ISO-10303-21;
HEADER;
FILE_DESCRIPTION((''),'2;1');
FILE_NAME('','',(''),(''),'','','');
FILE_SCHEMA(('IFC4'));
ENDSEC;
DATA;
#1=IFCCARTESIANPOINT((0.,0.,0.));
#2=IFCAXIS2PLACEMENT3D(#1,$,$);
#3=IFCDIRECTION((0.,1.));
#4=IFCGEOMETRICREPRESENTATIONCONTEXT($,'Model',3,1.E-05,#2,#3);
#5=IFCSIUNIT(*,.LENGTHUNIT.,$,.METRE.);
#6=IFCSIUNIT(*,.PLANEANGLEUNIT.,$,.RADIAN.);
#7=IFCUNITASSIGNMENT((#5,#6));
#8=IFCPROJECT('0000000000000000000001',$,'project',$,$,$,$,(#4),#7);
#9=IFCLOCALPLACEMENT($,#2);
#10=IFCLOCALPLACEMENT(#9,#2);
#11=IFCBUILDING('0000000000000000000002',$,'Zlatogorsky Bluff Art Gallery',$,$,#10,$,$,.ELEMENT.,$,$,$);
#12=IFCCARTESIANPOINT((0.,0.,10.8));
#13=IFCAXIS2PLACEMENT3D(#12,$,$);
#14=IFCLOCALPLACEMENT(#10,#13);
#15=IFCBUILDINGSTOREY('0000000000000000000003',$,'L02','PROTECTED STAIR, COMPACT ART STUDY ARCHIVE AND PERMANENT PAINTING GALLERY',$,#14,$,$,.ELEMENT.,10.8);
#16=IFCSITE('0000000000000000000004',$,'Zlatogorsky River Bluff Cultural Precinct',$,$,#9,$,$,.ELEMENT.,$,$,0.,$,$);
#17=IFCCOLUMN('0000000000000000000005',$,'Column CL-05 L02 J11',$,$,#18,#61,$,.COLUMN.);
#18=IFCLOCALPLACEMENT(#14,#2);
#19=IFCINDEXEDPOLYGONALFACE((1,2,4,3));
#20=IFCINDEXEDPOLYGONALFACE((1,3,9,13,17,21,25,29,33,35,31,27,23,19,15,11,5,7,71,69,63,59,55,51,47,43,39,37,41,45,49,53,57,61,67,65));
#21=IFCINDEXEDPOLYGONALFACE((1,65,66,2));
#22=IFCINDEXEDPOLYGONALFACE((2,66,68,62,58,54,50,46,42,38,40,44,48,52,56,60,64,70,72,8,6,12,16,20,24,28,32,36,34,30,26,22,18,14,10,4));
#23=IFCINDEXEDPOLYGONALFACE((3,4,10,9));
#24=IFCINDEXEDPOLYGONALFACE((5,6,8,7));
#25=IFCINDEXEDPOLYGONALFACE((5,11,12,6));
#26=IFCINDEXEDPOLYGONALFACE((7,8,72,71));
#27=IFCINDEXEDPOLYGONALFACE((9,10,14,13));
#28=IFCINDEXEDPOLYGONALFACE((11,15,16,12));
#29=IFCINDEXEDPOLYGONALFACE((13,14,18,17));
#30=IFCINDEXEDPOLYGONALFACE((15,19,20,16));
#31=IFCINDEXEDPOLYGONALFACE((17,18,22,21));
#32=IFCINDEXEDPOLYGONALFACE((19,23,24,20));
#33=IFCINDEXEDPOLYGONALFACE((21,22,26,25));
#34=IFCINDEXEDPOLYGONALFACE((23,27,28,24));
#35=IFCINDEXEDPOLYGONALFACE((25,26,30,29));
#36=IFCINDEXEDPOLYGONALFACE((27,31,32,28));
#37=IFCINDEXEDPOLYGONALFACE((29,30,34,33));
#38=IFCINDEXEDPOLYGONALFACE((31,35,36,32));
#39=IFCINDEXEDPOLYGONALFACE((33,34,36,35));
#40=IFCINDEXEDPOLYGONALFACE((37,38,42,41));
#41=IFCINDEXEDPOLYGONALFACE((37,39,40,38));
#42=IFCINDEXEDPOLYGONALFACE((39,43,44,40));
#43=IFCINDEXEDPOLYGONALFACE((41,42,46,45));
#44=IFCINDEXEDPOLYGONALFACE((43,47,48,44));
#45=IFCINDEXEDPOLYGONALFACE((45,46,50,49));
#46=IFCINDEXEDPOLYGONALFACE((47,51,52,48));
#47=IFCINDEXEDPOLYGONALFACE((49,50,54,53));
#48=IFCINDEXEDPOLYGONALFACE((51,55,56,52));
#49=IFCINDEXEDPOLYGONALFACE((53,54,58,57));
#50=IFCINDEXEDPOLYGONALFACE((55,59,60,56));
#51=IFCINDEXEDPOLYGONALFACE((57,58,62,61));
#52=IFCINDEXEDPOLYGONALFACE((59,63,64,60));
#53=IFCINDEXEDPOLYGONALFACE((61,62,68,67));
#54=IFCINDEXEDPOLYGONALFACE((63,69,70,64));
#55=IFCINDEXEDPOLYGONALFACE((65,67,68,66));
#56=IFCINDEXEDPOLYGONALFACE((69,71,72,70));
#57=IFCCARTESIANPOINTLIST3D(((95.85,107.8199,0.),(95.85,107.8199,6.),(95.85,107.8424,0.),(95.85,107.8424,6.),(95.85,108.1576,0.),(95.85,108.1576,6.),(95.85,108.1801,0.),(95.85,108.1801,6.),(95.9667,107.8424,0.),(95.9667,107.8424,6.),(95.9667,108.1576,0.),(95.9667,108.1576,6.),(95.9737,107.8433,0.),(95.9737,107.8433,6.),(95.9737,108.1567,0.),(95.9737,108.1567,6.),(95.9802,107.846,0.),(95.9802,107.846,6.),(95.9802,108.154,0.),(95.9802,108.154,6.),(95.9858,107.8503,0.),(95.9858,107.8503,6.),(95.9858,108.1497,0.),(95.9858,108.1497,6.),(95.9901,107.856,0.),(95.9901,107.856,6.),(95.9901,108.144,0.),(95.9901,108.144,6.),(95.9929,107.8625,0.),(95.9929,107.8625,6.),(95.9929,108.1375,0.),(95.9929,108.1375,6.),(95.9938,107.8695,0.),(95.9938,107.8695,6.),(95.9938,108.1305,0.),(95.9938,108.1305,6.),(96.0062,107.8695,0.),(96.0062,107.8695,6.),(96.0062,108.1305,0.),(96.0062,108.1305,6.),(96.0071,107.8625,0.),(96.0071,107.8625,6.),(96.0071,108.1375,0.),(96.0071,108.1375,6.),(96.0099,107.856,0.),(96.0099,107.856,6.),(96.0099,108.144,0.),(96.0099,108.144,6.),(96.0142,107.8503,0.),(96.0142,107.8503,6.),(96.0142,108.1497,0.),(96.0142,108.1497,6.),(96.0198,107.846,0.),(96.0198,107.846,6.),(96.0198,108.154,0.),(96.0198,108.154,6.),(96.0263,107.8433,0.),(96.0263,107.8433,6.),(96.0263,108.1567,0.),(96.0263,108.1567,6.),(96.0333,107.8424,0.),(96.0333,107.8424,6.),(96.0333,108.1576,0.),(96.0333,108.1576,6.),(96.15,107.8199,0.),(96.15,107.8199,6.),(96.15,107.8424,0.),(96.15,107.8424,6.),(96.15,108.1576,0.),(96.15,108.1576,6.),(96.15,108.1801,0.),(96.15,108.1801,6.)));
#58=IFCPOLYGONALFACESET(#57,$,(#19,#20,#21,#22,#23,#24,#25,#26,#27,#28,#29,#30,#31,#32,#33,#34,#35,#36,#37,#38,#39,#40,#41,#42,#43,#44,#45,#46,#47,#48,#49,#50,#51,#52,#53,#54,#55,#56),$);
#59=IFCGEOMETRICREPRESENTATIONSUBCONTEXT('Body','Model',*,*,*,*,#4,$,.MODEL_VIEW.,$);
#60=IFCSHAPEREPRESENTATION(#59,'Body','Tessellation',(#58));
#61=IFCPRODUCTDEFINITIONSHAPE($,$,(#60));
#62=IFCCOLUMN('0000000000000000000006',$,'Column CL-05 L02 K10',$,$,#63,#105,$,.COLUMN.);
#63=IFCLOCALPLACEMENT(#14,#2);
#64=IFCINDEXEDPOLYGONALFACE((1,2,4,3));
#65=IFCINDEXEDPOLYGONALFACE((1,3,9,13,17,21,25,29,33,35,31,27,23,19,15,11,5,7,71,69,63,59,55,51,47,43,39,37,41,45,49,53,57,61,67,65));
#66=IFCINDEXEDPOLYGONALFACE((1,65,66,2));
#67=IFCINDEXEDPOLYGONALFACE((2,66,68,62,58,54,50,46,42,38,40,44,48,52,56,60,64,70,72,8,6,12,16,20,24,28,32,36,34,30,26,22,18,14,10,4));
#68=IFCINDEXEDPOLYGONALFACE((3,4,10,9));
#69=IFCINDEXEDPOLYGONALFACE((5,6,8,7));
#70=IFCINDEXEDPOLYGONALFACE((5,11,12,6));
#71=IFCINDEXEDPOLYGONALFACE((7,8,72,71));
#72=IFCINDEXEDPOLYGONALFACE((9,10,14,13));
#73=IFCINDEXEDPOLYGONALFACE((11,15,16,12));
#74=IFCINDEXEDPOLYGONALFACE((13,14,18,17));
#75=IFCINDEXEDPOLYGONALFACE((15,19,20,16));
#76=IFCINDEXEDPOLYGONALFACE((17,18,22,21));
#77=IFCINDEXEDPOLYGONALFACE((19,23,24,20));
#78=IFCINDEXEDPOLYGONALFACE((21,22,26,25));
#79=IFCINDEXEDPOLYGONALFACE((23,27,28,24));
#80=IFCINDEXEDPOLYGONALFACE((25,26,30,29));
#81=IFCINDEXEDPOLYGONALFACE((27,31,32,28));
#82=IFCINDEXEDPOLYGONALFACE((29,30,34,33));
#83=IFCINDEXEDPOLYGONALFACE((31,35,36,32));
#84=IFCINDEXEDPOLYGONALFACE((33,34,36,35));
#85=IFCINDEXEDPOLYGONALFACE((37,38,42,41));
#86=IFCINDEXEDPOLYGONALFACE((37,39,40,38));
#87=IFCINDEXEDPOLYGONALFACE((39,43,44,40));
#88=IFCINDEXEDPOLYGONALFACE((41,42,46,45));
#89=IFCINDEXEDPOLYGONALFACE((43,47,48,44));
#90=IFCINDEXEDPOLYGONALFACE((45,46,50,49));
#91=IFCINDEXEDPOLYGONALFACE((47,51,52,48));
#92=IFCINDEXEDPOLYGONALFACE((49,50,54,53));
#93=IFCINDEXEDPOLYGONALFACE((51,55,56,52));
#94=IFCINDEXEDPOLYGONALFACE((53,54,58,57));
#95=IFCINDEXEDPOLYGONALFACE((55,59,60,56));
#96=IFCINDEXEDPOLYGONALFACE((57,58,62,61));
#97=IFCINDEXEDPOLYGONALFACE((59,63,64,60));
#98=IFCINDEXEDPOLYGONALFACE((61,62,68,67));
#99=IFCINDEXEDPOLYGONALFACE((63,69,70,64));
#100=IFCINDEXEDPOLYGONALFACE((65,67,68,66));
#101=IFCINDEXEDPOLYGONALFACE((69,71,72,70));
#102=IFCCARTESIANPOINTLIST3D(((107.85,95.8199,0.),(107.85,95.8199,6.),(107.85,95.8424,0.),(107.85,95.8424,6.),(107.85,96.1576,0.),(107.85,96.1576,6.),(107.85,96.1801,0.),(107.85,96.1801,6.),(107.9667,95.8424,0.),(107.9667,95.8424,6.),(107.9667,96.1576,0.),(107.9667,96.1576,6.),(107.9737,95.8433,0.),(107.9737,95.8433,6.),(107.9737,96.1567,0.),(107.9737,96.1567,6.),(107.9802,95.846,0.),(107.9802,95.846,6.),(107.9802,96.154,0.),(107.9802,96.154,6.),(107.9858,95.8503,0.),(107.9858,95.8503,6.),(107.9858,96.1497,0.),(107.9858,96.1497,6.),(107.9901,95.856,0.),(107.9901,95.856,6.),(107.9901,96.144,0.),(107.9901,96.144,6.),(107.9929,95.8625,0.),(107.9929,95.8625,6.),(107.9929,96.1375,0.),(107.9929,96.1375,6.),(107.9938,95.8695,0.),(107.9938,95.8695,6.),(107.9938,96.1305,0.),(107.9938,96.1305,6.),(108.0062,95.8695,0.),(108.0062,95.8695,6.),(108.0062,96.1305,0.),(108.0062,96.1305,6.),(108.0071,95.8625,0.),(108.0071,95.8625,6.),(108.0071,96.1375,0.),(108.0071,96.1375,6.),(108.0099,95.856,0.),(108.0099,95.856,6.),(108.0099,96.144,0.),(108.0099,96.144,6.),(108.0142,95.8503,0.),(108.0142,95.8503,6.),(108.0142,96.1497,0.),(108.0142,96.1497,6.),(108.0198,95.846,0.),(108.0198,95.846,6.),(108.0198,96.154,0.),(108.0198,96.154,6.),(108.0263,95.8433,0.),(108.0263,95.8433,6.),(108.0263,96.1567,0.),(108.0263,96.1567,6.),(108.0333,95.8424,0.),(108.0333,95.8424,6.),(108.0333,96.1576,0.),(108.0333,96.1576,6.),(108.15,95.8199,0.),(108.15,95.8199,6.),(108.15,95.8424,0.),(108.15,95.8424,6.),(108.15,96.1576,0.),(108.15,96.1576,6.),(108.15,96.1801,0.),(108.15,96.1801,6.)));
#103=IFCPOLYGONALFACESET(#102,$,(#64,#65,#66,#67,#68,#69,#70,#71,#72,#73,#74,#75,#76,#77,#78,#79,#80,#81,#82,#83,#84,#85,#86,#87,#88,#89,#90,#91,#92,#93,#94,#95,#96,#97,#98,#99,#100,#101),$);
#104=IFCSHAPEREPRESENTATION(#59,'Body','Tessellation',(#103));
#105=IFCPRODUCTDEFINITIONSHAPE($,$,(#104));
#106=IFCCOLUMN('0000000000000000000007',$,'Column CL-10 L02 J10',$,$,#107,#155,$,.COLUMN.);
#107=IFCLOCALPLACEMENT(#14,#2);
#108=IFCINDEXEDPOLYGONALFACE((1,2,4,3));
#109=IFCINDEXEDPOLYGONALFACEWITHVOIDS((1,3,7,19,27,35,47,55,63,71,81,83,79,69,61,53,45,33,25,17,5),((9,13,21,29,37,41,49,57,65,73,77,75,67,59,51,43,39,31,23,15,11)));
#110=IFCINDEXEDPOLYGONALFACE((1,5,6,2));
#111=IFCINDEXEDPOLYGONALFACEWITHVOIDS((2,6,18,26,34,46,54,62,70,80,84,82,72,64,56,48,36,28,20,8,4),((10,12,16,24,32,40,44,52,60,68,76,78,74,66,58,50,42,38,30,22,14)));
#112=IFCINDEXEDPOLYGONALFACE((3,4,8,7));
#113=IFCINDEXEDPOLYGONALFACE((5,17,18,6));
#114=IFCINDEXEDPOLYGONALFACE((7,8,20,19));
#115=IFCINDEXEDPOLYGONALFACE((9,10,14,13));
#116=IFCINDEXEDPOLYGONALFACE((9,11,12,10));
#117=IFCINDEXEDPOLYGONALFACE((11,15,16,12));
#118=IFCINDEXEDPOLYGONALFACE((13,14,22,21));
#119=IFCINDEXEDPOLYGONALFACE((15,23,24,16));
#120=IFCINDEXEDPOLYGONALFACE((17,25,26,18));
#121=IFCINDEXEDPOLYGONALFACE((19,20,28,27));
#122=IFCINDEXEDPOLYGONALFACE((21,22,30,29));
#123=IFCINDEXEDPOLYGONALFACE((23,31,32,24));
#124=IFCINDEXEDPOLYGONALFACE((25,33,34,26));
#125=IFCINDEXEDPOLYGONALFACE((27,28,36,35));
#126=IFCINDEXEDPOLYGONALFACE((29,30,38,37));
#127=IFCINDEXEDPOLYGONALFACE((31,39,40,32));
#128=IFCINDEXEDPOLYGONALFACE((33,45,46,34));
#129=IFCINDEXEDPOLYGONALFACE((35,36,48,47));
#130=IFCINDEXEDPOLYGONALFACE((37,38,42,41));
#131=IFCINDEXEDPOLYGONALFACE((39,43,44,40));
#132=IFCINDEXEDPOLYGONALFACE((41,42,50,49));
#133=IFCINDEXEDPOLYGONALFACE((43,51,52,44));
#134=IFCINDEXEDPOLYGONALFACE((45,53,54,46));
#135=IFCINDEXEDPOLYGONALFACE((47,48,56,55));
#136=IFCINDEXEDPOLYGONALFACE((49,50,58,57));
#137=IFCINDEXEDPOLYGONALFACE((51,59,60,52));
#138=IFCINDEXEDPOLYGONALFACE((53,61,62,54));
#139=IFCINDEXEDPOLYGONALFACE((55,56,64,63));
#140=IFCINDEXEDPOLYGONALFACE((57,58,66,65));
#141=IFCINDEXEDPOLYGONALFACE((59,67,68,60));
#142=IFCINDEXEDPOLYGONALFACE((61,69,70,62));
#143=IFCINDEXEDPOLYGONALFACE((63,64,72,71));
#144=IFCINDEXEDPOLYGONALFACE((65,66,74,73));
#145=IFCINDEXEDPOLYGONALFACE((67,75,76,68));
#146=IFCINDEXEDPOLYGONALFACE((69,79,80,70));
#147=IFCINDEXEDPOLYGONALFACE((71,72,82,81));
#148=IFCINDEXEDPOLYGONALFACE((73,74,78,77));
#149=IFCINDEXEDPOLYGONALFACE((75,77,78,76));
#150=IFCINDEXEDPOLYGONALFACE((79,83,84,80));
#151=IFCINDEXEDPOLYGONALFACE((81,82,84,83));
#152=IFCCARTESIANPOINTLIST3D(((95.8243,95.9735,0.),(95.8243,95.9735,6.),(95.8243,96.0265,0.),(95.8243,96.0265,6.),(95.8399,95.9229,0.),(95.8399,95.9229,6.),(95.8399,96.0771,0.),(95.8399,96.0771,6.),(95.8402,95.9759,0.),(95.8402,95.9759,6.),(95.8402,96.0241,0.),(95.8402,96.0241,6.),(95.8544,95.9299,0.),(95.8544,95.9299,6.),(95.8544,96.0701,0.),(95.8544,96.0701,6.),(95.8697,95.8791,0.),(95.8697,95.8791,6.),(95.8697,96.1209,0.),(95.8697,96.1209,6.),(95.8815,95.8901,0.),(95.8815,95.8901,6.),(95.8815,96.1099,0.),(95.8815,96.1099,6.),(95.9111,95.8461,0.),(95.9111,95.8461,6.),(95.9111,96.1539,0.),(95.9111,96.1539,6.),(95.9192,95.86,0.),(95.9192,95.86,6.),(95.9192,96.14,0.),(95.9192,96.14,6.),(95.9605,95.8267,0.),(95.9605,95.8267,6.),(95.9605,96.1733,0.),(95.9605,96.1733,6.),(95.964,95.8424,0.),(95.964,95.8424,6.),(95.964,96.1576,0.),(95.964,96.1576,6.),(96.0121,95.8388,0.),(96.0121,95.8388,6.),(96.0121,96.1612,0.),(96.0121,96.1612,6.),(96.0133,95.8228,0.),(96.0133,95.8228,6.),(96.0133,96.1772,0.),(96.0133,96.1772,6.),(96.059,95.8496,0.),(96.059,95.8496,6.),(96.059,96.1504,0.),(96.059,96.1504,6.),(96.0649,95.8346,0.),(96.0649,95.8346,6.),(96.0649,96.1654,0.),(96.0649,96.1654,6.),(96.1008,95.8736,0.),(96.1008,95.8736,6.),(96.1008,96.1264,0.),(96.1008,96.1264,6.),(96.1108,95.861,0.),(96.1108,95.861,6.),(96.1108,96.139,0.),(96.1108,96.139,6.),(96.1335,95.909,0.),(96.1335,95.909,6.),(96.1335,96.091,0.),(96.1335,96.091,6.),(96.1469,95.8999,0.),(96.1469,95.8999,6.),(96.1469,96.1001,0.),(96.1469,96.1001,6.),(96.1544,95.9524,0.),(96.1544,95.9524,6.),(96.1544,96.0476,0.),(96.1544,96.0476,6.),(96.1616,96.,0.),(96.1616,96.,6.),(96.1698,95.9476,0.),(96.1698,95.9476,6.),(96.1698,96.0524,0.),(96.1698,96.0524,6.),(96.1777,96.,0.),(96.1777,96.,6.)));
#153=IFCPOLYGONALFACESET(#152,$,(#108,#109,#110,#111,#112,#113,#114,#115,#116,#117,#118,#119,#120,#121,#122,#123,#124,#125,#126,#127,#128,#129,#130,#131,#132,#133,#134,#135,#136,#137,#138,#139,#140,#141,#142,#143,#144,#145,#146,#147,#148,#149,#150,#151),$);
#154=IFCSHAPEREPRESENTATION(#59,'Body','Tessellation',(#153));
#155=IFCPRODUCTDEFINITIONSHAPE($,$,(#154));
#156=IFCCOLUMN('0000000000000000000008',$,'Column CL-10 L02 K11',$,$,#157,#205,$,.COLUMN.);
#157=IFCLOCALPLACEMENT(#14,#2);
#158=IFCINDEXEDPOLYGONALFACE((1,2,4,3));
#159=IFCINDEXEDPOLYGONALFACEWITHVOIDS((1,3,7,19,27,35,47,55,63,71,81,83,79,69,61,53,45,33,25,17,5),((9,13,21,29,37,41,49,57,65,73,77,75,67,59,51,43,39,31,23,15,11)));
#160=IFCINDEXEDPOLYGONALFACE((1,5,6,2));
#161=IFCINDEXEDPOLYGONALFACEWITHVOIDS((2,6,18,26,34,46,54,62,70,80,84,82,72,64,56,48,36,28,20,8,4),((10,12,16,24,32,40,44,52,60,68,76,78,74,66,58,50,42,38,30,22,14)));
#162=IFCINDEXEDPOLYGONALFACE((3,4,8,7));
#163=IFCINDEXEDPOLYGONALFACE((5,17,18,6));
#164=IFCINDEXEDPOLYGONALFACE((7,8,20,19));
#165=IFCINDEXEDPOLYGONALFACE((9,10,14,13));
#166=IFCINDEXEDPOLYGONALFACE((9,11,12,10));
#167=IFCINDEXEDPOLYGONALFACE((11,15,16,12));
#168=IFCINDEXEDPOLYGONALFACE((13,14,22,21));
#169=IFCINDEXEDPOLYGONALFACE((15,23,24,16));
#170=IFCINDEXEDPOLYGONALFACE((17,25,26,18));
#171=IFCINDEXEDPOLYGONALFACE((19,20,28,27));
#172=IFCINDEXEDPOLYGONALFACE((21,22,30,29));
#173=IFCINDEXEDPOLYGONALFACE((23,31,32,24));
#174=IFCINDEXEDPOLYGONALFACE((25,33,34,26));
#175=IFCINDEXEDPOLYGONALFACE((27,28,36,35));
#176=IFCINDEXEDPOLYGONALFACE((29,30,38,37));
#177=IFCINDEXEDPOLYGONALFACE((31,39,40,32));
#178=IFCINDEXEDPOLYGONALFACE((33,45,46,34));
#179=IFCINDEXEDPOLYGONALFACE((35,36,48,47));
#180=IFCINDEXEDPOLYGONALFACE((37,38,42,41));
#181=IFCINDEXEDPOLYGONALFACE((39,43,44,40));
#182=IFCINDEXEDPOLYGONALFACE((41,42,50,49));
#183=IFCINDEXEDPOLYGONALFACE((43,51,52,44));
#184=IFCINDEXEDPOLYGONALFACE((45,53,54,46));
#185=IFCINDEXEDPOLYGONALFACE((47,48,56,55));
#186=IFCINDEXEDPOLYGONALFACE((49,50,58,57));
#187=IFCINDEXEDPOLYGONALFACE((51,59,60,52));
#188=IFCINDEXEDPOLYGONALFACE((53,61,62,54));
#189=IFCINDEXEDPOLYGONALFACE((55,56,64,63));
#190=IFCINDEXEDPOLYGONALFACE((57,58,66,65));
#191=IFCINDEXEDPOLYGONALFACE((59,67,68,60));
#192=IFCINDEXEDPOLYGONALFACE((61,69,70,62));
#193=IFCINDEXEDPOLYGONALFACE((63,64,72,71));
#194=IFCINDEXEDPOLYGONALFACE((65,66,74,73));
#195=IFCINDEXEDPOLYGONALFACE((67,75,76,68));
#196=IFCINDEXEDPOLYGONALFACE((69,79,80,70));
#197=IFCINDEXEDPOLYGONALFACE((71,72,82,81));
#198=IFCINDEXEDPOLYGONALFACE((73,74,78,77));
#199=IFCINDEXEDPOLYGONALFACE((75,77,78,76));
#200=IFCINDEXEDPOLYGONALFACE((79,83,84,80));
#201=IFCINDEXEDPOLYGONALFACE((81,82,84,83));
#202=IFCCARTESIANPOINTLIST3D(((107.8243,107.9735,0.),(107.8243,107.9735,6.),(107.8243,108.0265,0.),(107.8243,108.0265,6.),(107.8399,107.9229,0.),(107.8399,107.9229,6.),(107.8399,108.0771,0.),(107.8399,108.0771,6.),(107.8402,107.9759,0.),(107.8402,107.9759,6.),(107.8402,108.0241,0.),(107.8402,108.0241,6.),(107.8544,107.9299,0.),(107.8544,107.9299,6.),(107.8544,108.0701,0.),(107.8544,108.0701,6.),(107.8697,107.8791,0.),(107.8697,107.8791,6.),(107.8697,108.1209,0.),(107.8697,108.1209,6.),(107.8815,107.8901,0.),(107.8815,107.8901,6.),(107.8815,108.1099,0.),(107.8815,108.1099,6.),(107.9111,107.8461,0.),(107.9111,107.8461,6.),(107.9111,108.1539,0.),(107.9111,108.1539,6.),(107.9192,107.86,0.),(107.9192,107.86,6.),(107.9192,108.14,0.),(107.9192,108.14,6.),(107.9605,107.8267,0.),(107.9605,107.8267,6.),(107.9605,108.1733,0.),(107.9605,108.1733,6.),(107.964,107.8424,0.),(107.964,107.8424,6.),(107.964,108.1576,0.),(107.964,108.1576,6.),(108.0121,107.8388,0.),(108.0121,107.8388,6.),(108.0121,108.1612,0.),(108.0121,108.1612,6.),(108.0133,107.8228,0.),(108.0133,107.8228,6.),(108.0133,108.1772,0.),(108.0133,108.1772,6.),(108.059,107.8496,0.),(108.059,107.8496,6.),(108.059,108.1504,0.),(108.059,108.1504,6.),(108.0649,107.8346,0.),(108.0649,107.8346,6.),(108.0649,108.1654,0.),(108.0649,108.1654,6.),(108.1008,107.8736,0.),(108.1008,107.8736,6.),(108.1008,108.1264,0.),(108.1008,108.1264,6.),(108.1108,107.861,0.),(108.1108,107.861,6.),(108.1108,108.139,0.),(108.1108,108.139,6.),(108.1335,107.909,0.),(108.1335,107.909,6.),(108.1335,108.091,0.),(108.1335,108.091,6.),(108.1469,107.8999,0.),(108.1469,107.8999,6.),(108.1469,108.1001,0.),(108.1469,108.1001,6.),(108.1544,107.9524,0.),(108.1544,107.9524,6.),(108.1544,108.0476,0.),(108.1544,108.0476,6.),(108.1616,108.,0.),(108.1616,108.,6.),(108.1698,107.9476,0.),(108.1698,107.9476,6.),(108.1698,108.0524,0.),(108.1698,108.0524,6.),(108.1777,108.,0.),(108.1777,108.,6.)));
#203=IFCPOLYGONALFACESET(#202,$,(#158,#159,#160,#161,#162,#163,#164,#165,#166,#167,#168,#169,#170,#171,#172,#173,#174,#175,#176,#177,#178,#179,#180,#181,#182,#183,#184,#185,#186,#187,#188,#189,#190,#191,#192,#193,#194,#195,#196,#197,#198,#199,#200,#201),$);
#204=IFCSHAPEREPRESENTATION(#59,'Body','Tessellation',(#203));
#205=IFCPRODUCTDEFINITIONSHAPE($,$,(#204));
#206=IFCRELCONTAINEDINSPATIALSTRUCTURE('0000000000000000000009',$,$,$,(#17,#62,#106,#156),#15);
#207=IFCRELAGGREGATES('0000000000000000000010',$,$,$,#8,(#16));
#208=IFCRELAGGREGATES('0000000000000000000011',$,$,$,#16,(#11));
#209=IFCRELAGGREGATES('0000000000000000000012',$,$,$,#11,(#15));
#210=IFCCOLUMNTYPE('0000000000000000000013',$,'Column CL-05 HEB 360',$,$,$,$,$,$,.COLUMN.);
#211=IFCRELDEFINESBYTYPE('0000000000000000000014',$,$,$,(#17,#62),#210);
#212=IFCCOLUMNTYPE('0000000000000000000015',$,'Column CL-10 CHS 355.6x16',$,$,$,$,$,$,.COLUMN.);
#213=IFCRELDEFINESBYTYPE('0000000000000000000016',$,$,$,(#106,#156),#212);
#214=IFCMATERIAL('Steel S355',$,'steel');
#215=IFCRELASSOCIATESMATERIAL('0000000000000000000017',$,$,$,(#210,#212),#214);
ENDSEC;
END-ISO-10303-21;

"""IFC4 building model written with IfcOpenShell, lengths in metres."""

from ifc_helpers import new_model, si_unit, direction, frame, origin, origin_2d, place, context, subcontext, project, spatial, hollow_circle, i_section, extrude, material, material_profile, profile_set, type_object, element, save


model = new_model("IFC4")

# Units and contexts
model_context = context("Model", 3, precision=1e-05, world=origin(), true_north=direction((0.0, 1.0)))
body_context = subcontext(model_context, "Body", "Model", "MODEL_VIEW")
ifc_project = project(units=[si_unit("LENGTHUNIT", "METRE"), si_unit("PLANEANGLEUNIT", "RADIAN")], contexts=[model_context])

# Site, building, storey
site_placement = place(None, origin())
site = spatial("IfcSite", under=ifc_project, at=site_placement, Name="Zlatogorsky River Bluff Cultural Precinct", CompositionType="ELEMENT", RefElevation=0.0)
building_placement = place(site_placement, origin())
building = spatial("IfcBuilding", under=site, at=building_placement, Name="Zlatogorsky Bluff Art Gallery", CompositionType="ELEMENT")
storey_placement = place(building_placement, frame((0.0, 0.0, 10.8)))
storey = spatial("IfcBuildingStorey", under=building, at=storey_placement, Name="L02", Description="PROTECTED STAIR, COMPACT ART STUDY ARCHIVE AND PERMANENT PAINTING GALLERY", CompositionType="ELEMENT", Elevation=10.8)

# Columns
ifc_material_1 = material(Name="Steel S355", Category="steel")
ifc_material_profile_1 = material_profile(ifc_material_1, i_section(OverallWidth=0.3, OverallDepth=0.3601, WebThickness=0.0125, FlangeThickness=0.0225, FilletRadius=0.0271, at=origin_2d()), Name="HEB 360")
ifc_profile_set_1 = profile_set([ifc_material_profile_1], Name="Steel S355")
column_type_1 = type_object("IfcColumnType", Name="Column CL-05 HEB 360", PredefinedType="COLUMN", material=ifc_profile_set_1)
for number, where, z_axis, x_axis, name in (
    (1, (96.0, 108.0, 0.0), (0.0, 0.0, 1.0), (1.0, 0.0, 0.0), "Column CL-05 L02 J11"),
    (2, (108.0, 96.0, 0.0), (0.0, 0.0, 1.0), (1.0, 0.0, 0.0), "Column CL-05 L02 K10"),
):
    element("IfcColumn", number, at=place(storey_placement, frame(where, z_axis=z_axis, x_axis=x_axis)), inside=storey, type_object=column_type_1, Name=name, PredefinedType="COLUMN", context=body_context, shape_type="SweptSolid", body=[
        extrude(i_section(OverallWidth=0.3, OverallDepth=0.3601, WebThickness=0.0125, FlangeThickness=0.0225, FilletRadius=0.0271, at=origin_2d()), origin(), (0.0, 0.0, 1.0), 6.0),
    ])
ifc_material_profile_2 = material_profile(ifc_material_1, hollow_circle(Radius=0.1777, WallThickness=0.0161, at=origin_2d()), Name="CHS 355.6x16")
ifc_profile_set_2 = profile_set([ifc_material_profile_2], Name="Steel S355")
column_type_2 = type_object("IfcColumnType", Name="Column CL-10 CHS 355.6x16", PredefinedType="COLUMN", material=ifc_profile_set_2)
for number, where, z_axis, x_axis, name in (
    (3, (96.0, 96.0, 0.0), (0.0, 0.0, 1.0), (1.0, 0.0, 0.0), "Column CL-10 L02 J10"),
    (4, (108.0, 108.0, 0.0), (0.0, 0.0, 1.0), (1.0, 0.0, 0.0), "Column CL-10 L02 K11"),
):
    element("IfcColumn", number, at=place(storey_placement, frame(where, z_axis=z_axis, x_axis=x_axis)), inside=storey, type_object=column_type_2, Name=name, PredefinedType="COLUMN", context=body_context, shape_type="SweptSolid", body=[
        extrude(hollow_circle(Radius=0.1777, WallThickness=0.0161, at=origin_2d()), origin(), (0.0, 0.0, 1.0), 6.0),
    ])

save(model, "model.ifc")
